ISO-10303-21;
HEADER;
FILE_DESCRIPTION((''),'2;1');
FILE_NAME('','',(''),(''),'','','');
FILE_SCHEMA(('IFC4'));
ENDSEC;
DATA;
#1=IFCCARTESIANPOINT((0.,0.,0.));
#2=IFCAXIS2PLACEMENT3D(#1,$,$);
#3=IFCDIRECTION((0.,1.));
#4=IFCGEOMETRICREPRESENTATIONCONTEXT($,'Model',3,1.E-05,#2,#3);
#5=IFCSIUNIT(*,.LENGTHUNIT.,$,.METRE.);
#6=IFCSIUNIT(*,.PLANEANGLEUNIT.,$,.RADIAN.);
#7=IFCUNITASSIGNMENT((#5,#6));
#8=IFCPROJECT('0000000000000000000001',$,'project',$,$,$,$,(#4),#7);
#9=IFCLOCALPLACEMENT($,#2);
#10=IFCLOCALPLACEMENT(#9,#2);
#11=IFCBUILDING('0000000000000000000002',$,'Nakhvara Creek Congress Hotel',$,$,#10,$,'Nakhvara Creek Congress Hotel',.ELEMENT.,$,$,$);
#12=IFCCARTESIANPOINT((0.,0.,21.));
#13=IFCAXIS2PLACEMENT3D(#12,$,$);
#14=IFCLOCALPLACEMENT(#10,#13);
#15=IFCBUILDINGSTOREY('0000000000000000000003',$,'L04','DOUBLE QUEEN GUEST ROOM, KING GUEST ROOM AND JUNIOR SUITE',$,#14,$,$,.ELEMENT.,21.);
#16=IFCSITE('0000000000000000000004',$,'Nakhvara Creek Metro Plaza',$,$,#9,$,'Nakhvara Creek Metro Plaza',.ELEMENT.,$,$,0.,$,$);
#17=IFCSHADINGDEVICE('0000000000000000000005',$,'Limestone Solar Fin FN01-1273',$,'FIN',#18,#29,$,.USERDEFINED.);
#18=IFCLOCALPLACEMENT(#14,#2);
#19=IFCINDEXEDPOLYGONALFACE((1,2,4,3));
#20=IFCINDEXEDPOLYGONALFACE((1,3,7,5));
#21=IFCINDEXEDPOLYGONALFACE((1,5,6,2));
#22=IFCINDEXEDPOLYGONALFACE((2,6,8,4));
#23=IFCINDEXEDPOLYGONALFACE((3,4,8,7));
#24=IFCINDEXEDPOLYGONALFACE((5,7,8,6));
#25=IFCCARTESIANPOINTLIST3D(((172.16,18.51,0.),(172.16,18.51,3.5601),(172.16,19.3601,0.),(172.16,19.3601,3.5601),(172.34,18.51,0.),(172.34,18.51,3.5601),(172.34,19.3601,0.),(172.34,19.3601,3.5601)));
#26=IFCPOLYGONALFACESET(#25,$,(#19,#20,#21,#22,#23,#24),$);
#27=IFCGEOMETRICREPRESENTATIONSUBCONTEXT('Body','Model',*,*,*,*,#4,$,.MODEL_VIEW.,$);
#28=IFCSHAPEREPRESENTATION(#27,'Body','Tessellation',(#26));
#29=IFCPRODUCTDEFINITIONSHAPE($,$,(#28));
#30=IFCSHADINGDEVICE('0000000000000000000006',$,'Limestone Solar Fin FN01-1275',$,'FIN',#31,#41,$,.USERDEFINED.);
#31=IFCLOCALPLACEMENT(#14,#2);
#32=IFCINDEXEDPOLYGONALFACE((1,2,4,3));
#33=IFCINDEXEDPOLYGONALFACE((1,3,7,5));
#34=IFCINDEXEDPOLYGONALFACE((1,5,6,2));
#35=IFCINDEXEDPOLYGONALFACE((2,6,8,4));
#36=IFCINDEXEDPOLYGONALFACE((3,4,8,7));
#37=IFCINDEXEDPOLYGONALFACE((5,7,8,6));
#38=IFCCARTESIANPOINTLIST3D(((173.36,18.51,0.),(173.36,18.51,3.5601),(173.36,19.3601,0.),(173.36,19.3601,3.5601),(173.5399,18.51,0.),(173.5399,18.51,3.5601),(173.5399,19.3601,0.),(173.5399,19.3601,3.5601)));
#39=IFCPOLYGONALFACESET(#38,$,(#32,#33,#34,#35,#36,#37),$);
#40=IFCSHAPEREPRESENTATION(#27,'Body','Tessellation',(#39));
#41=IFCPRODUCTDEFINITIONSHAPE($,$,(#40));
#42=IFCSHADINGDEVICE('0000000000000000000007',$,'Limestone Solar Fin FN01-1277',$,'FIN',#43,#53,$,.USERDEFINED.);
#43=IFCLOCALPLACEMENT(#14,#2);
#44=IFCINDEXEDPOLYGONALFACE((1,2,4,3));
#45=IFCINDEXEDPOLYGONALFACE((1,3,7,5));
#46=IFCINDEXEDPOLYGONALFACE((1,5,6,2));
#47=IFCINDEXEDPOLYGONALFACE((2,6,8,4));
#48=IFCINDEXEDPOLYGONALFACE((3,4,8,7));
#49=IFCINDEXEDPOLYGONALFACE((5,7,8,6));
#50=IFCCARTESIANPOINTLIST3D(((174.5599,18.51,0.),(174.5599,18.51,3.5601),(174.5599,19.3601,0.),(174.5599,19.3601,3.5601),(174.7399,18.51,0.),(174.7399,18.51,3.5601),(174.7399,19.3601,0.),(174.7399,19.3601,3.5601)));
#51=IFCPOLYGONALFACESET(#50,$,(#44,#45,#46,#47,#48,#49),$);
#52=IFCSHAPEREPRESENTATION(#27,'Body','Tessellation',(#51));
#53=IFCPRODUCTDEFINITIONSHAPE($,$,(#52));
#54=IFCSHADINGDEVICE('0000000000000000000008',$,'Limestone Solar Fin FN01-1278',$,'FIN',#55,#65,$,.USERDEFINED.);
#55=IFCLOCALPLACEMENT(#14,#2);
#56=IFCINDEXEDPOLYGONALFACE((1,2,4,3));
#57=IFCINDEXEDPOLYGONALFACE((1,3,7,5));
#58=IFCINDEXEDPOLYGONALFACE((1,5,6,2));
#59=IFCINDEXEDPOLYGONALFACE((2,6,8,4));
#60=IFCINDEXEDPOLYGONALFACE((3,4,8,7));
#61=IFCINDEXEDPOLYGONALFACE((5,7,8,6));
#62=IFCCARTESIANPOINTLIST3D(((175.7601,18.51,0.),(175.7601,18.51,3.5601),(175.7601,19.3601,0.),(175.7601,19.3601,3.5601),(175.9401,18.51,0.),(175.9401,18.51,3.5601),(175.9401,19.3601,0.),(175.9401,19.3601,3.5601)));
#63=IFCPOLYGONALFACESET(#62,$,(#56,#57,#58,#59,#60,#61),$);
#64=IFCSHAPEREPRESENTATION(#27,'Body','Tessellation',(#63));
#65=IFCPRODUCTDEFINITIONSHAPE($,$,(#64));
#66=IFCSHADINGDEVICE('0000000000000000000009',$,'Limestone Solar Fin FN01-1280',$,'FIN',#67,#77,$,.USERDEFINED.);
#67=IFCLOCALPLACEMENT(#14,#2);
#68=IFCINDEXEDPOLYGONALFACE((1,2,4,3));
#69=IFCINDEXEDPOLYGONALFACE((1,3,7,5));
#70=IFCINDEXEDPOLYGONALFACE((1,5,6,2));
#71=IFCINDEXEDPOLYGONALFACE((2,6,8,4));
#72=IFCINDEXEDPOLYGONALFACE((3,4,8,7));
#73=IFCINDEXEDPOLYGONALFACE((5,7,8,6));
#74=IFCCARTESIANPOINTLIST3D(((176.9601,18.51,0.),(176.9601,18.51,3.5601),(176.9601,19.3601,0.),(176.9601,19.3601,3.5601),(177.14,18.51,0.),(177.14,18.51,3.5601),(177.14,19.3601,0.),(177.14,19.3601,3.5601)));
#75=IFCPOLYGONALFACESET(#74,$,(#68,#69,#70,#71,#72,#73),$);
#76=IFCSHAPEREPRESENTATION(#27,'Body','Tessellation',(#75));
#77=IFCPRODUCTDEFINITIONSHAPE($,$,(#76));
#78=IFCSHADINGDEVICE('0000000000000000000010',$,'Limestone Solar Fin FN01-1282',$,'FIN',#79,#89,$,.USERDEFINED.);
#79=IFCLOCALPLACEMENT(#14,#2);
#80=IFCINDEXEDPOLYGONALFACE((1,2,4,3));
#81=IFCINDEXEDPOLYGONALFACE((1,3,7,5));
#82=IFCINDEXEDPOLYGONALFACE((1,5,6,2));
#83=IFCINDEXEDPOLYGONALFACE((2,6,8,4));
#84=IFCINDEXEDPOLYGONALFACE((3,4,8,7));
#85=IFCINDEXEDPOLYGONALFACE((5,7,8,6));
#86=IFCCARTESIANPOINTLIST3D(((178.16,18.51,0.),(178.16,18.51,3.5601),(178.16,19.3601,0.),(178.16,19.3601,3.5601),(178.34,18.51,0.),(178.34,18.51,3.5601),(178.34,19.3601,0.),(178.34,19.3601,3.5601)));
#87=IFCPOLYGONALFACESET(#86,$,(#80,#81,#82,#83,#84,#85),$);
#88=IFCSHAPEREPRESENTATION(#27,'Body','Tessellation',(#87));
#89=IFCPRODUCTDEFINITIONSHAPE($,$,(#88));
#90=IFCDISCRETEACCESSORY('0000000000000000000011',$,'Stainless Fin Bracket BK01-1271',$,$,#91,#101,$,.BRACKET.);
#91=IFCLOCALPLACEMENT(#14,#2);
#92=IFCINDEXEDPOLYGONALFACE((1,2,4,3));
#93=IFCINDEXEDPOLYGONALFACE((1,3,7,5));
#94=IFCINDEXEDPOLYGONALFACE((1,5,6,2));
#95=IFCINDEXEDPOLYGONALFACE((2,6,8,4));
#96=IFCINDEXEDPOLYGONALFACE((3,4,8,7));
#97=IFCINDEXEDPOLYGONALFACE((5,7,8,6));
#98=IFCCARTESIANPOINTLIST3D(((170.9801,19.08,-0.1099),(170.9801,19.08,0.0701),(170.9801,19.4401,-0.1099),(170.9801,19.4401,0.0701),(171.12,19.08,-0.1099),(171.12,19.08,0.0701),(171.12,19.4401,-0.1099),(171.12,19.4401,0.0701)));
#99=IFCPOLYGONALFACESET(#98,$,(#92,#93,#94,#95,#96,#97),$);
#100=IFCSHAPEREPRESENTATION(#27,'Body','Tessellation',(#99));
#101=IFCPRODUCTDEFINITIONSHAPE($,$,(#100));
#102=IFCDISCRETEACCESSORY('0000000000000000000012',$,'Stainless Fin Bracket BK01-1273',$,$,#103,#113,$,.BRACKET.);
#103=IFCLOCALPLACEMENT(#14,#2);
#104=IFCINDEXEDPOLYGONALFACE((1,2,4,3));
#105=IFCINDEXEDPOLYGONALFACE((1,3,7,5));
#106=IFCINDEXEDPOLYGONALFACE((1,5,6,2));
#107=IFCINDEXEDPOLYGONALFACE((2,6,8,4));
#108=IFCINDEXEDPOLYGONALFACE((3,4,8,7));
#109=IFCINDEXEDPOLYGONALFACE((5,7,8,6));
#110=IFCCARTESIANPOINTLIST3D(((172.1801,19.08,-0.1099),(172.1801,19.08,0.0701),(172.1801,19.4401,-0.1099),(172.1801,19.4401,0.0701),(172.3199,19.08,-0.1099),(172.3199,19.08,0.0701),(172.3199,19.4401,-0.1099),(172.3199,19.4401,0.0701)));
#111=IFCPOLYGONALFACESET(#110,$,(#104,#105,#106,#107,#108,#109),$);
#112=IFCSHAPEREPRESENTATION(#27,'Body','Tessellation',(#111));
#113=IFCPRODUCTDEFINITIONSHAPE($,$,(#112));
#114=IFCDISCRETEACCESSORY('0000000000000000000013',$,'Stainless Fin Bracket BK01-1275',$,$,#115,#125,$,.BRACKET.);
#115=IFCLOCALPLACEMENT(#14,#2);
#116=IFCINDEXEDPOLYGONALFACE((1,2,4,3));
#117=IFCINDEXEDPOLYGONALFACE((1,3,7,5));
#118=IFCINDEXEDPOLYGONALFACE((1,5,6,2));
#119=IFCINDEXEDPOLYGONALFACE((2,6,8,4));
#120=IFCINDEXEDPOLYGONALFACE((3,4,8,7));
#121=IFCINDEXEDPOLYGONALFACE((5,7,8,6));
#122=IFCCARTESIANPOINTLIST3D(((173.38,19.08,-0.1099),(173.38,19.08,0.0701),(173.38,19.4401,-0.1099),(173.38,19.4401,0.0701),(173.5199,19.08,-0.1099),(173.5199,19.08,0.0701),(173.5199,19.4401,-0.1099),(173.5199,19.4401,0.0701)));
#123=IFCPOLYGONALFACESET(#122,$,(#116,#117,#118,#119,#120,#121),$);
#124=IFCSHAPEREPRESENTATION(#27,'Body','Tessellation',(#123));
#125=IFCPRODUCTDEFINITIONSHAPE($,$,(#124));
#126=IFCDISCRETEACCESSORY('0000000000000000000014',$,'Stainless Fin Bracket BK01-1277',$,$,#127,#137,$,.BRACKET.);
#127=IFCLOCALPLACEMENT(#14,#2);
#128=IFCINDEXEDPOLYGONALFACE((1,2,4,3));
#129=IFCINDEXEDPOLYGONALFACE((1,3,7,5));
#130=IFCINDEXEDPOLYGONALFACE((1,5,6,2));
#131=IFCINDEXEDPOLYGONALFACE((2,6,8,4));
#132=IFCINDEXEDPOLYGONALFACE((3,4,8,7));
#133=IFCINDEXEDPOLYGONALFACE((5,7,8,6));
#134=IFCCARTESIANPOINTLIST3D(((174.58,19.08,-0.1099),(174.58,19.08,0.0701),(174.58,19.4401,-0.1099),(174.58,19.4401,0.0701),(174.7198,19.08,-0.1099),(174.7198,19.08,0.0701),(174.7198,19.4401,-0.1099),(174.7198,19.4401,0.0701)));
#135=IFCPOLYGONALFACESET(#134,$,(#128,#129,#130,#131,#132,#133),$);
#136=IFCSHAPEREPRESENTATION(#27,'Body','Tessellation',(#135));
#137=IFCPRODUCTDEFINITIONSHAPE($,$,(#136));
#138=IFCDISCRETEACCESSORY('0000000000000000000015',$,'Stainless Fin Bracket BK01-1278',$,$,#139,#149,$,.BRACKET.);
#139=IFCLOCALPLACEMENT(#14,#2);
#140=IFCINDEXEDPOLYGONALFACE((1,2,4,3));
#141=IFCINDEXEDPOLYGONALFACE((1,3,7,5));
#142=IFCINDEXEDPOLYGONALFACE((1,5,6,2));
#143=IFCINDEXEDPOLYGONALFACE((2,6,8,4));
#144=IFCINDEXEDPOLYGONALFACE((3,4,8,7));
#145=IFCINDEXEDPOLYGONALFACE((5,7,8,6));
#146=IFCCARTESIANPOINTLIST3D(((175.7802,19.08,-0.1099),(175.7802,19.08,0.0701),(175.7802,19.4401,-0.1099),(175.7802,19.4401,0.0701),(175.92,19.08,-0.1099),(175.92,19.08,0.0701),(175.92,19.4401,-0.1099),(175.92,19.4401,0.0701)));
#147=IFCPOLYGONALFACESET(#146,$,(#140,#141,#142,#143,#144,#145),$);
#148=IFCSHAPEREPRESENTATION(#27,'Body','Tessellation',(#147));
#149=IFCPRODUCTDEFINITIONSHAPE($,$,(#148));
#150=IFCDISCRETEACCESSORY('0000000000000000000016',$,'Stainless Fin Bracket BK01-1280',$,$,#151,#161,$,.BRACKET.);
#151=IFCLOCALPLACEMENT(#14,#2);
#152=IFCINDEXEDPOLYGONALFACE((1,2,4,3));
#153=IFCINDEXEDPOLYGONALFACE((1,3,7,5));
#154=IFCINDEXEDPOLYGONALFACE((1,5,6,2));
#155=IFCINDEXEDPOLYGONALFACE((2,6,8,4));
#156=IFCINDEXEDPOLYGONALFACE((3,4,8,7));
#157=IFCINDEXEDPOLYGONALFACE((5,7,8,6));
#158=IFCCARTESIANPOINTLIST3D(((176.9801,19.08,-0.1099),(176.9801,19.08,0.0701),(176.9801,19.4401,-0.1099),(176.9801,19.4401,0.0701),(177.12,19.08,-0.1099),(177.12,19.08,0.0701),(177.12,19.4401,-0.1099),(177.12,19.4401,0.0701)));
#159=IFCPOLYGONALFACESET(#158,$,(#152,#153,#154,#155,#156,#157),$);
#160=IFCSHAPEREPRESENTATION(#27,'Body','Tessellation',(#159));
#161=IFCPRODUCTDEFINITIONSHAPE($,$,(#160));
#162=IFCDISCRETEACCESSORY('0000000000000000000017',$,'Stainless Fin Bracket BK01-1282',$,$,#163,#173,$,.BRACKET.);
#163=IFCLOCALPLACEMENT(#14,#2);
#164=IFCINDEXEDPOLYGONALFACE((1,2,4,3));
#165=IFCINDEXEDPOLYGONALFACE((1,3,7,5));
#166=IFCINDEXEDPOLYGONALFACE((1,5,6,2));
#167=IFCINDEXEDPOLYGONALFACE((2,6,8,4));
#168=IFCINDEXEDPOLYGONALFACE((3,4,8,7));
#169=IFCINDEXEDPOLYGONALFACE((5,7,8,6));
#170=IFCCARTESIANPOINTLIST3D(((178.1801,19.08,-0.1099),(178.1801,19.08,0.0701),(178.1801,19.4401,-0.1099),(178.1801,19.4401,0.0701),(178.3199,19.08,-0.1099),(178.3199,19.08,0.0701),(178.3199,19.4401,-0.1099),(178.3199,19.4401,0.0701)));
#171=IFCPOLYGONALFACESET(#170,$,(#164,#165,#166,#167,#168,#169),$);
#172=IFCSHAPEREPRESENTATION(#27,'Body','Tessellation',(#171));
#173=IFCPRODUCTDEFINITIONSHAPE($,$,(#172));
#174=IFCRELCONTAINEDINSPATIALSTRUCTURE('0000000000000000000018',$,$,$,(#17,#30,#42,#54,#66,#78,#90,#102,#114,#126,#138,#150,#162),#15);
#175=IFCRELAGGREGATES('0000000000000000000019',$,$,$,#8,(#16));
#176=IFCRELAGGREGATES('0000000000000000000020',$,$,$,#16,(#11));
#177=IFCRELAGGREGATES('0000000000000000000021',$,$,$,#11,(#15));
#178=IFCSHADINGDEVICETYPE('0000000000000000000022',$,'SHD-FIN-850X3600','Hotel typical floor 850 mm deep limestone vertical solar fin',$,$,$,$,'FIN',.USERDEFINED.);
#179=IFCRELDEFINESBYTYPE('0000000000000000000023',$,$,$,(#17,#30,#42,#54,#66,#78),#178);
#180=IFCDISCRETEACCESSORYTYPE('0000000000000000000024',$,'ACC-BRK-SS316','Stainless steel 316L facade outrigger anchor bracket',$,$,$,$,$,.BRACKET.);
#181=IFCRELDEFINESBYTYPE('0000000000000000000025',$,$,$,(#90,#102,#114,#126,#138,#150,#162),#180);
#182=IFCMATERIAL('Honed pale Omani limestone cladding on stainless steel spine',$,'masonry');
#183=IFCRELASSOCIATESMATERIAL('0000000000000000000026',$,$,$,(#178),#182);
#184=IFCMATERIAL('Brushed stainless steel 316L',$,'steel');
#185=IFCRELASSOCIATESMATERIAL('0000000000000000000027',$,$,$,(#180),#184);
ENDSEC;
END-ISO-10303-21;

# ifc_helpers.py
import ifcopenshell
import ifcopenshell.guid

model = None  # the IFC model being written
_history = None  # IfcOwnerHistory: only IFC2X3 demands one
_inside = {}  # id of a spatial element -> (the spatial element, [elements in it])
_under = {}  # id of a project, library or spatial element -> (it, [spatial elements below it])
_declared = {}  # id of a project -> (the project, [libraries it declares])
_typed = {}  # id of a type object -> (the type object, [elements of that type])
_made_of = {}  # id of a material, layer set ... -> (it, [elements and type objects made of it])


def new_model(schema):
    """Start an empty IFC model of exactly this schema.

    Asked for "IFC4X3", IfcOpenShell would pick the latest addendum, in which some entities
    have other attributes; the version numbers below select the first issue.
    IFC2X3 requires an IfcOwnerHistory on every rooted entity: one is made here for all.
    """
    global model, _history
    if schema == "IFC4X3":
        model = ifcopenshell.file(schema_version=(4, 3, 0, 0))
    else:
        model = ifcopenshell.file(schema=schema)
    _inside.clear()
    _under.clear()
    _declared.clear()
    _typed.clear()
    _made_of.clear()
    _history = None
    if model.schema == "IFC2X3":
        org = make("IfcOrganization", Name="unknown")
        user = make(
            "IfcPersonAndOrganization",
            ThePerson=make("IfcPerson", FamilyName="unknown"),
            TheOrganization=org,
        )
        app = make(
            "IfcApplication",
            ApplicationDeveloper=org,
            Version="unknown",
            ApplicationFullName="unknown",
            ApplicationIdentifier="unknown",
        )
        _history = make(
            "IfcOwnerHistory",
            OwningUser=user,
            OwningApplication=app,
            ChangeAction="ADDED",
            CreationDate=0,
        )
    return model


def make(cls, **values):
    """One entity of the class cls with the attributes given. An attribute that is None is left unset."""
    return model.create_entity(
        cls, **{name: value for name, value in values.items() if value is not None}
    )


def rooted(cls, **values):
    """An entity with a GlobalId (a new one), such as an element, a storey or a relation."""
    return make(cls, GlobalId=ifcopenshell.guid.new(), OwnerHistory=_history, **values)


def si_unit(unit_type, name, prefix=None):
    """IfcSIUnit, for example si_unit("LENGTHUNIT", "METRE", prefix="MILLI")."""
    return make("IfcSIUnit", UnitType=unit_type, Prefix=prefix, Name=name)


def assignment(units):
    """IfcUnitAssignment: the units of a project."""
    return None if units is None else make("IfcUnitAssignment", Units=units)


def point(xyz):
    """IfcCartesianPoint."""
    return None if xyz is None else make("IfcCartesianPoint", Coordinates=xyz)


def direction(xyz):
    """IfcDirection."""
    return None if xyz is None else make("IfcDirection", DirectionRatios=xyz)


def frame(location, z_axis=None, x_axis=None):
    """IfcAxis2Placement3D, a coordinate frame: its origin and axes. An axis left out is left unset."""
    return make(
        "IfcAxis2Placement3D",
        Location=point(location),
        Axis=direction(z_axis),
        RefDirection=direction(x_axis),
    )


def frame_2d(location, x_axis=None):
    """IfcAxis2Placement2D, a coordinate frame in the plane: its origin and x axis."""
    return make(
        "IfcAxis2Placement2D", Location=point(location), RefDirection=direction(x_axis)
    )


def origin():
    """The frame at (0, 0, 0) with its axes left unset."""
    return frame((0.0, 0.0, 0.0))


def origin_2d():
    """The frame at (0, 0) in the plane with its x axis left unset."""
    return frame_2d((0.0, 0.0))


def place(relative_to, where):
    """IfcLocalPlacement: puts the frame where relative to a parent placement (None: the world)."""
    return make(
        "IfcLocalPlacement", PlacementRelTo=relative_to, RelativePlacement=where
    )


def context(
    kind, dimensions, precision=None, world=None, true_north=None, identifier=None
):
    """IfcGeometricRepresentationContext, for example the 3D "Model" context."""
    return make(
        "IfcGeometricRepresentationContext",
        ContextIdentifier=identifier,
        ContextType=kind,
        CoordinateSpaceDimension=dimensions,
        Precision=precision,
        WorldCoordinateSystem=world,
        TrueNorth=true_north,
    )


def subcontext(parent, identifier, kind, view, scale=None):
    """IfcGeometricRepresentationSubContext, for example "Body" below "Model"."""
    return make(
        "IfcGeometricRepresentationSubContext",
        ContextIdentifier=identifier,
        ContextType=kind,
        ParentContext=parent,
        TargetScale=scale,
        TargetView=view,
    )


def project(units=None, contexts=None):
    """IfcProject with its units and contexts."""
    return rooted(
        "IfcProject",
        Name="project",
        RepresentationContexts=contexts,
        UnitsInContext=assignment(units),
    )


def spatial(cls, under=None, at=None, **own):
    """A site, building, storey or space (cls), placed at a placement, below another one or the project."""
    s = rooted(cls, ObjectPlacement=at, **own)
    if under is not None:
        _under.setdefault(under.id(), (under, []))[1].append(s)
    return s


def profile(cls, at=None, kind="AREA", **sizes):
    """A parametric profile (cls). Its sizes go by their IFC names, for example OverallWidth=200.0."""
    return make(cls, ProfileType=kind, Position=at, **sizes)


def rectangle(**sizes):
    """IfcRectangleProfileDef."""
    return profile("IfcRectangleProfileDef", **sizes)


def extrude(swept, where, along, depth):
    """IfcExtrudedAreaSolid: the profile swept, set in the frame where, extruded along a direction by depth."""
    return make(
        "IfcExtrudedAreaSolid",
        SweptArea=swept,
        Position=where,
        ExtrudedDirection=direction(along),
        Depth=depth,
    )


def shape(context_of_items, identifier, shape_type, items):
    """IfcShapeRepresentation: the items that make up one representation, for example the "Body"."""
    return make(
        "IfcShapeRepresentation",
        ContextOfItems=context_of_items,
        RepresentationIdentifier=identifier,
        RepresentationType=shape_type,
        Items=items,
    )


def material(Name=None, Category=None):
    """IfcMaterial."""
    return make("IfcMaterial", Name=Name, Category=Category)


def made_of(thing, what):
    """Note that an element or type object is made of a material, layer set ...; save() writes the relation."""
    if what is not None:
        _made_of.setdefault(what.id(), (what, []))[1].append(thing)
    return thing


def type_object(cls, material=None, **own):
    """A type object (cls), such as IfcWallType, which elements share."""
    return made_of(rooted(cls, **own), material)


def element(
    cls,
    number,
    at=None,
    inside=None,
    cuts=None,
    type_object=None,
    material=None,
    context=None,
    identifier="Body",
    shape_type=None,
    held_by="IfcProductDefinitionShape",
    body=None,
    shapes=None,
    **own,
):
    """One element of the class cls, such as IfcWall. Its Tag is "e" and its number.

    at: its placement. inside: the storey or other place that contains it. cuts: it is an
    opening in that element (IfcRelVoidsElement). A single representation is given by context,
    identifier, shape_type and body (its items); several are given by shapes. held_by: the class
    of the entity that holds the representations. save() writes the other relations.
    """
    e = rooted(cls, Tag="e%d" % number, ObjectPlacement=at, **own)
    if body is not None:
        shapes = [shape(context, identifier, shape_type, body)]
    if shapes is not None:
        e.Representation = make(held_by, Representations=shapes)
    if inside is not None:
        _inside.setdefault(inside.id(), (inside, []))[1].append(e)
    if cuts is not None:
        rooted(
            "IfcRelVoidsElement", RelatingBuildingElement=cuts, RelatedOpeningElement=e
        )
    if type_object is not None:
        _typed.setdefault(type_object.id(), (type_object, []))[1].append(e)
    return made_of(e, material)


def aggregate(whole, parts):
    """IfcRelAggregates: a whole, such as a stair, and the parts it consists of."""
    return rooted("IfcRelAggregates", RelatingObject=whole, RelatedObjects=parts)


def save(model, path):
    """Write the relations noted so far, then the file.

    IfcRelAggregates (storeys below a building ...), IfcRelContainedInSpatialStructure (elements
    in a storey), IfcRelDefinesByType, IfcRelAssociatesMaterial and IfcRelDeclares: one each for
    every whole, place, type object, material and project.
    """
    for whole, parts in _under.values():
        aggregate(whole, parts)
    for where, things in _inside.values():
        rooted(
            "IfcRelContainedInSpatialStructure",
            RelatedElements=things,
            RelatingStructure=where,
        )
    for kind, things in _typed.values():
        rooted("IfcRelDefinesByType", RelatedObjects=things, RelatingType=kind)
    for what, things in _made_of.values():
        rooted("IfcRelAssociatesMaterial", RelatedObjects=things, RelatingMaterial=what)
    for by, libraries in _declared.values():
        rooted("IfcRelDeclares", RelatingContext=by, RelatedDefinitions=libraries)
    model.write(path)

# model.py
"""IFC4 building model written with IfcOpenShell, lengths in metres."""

from ifc_helpers import new_model, si_unit, direction, frame, origin, origin_2d, place, context, subcontext, project, spatial, rectangle, extrude, material, type_object, element, save


model = new_model("IFC4")

# Units and contexts
model_context = context("Model", 3, precision=1e-05, world=origin(), true_north=direction((0.0, 1.0)))
body_context = subcontext(model_context, "Body", "Model", "MODEL_VIEW")
ifc_project = project(units=[si_unit("LENGTHUNIT", "METRE"), si_unit("PLANEANGLEUNIT", "RADIAN")], contexts=[model_context])

# Site, building, storey
site_placement = place(None, origin())
site = spatial("IfcSite", under=ifc_project, at=site_placement, Name="Nakhvara Creek Metro Plaza", LongName="Nakhvara Creek Metro Plaza", CompositionType="ELEMENT", RefElevation=0.0)
building_placement = place(site_placement, origin())
building = spatial("IfcBuilding", under=site, at=building_placement, Name="Nakhvara Creek Congress Hotel", LongName="Nakhvara Creek Congress Hotel", CompositionType="ELEMENT")
storey_placement = place(building_placement, frame((0.0, 0.0, 21.0)))
storey = spatial("IfcBuildingStorey", under=building, at=storey_placement, Name="L04", Description="DOUBLE QUEEN GUEST ROOM, KING GUEST ROOM AND JUNIOR SUITE", CompositionType="ELEMENT", Elevation=21.0)

# Shading devices
ifc_material_1 = material(Name="Honed pale Omani limestone cladding on stainless steel spine", Category="masonry")
shading_device_type = type_object("IfcShadingDeviceType", Name="SHD-FIN-850X3600", Description="Hotel typical floor 850 mm deep limestone vertical solar fin", ElementType="FIN", PredefinedType="USERDEFINED", material=ifc_material_1)
for number, where, z_axis, x_axis, name in (
    (1, (172.25, 18.9351, 0.0), (0.0, 0.0, 1.0), (1.0, 0.0, 0.0), "Limestone Solar Fin FN01-1273"),
    (2, (173.45, 18.9351, 0.0), (0.0, 0.0, 1.0), (1.0, 0.0, 0.0), "Limestone Solar Fin FN01-1275"),
    (3, (174.6499, 18.9351, 0.0), (0.0, 0.0, 1.0), (1.0, 0.0, 0.0), "Limestone Solar Fin FN01-1277"),
    (4, (175.8501, 18.9351, 0.0), (0.0, 0.0, 1.0), (1.0, 0.0, 0.0), "Limestone Solar Fin FN01-1278"),
    (5, (177.05, 18.9351, 0.0), (0.0, 0.0, 1.0), (1.0, 0.0, 0.0), "Limestone Solar Fin FN01-1280"),
    (6, (178.25, 18.9351, 0.0), (0.0, 0.0, 1.0), (1.0, 0.0, 0.0), "Limestone Solar Fin FN01-1282"),
):
    element("IfcShadingDevice", number, at=place(storey_placement, frame(where, z_axis=z_axis, x_axis=x_axis)), inside=storey, type_object=shading_device_type, Name=name, ObjectType="FIN", PredefinedType="USERDEFINED", context=body_context, shape_type="SweptSolid", body=[
        extrude(rectangle(XDim=0.1799, YDim=0.8501, at=origin_2d()), origin(), (0.0, 0.0, 1.0), 3.5601),
    ])

# Discrete accessories
ifc_material_2 = material(Name="Brushed stainless steel 316L", Category="steel")
discrete_accessory_type = type_object("IfcDiscreteAccessoryType", Name="ACC-BRK-SS316", Description="Stainless steel 316L facade outrigger anchor bracket", PredefinedType="BRACKET", material=ifc_material_2)
for number, where, z_axis, x_axis, name in (
    (7, (171.05, 19.26, -0.1099), (0.0, 0.0, 1.0), (1.0, 0.0, 0.0), "Stainless Fin Bracket BK01-1271"),
    (8, (172.25, 19.26, -0.1099), (0.0, 0.0, 1.0), (1.0, 0.0, 0.0), "Stainless Fin Bracket BK01-1273"),
    (9, (173.45, 19.26, -0.1099), (0.0, 0.0, 1.0), (1.0, 0.0, 0.0), "Stainless Fin Bracket BK01-1275"),
    (10, (174.6499, 19.26, -0.1099), (0.0, 0.0, 1.0), (1.0, 0.0, 0.0), "Stainless Fin Bracket BK01-1277"),
    (11, (175.8501, 19.26, -0.1099), (0.0, 0.0, 1.0), (1.0, 0.0, 0.0), "Stainless Fin Bracket BK01-1278"),
    (12, (177.05, 19.26, -0.1099), (0.0, 0.0, 1.0), (1.0, 0.0, 0.0), "Stainless Fin Bracket BK01-1280"),
    (13, (178.25, 19.26, -0.1099), (0.0, 0.0, 1.0), (1.0, 0.0, 0.0), "Stainless Fin Bracket BK01-1282"),
):
    element("IfcDiscreteAccessory", number, at=place(storey_placement, frame(where, z_axis=z_axis, x_axis=x_axis)), inside=storey, type_object=discrete_accessory_type, Name=name, PredefinedType="BRACKET", context=body_context, shape_type="SweptSolid", body=[
        extrude(rectangle(XDim=0.1399, YDim=0.3601, at=origin_2d()), origin(), (0.0, 0.0, 1.0), 0.1799),
    ])

save(model, "model.ifc")
